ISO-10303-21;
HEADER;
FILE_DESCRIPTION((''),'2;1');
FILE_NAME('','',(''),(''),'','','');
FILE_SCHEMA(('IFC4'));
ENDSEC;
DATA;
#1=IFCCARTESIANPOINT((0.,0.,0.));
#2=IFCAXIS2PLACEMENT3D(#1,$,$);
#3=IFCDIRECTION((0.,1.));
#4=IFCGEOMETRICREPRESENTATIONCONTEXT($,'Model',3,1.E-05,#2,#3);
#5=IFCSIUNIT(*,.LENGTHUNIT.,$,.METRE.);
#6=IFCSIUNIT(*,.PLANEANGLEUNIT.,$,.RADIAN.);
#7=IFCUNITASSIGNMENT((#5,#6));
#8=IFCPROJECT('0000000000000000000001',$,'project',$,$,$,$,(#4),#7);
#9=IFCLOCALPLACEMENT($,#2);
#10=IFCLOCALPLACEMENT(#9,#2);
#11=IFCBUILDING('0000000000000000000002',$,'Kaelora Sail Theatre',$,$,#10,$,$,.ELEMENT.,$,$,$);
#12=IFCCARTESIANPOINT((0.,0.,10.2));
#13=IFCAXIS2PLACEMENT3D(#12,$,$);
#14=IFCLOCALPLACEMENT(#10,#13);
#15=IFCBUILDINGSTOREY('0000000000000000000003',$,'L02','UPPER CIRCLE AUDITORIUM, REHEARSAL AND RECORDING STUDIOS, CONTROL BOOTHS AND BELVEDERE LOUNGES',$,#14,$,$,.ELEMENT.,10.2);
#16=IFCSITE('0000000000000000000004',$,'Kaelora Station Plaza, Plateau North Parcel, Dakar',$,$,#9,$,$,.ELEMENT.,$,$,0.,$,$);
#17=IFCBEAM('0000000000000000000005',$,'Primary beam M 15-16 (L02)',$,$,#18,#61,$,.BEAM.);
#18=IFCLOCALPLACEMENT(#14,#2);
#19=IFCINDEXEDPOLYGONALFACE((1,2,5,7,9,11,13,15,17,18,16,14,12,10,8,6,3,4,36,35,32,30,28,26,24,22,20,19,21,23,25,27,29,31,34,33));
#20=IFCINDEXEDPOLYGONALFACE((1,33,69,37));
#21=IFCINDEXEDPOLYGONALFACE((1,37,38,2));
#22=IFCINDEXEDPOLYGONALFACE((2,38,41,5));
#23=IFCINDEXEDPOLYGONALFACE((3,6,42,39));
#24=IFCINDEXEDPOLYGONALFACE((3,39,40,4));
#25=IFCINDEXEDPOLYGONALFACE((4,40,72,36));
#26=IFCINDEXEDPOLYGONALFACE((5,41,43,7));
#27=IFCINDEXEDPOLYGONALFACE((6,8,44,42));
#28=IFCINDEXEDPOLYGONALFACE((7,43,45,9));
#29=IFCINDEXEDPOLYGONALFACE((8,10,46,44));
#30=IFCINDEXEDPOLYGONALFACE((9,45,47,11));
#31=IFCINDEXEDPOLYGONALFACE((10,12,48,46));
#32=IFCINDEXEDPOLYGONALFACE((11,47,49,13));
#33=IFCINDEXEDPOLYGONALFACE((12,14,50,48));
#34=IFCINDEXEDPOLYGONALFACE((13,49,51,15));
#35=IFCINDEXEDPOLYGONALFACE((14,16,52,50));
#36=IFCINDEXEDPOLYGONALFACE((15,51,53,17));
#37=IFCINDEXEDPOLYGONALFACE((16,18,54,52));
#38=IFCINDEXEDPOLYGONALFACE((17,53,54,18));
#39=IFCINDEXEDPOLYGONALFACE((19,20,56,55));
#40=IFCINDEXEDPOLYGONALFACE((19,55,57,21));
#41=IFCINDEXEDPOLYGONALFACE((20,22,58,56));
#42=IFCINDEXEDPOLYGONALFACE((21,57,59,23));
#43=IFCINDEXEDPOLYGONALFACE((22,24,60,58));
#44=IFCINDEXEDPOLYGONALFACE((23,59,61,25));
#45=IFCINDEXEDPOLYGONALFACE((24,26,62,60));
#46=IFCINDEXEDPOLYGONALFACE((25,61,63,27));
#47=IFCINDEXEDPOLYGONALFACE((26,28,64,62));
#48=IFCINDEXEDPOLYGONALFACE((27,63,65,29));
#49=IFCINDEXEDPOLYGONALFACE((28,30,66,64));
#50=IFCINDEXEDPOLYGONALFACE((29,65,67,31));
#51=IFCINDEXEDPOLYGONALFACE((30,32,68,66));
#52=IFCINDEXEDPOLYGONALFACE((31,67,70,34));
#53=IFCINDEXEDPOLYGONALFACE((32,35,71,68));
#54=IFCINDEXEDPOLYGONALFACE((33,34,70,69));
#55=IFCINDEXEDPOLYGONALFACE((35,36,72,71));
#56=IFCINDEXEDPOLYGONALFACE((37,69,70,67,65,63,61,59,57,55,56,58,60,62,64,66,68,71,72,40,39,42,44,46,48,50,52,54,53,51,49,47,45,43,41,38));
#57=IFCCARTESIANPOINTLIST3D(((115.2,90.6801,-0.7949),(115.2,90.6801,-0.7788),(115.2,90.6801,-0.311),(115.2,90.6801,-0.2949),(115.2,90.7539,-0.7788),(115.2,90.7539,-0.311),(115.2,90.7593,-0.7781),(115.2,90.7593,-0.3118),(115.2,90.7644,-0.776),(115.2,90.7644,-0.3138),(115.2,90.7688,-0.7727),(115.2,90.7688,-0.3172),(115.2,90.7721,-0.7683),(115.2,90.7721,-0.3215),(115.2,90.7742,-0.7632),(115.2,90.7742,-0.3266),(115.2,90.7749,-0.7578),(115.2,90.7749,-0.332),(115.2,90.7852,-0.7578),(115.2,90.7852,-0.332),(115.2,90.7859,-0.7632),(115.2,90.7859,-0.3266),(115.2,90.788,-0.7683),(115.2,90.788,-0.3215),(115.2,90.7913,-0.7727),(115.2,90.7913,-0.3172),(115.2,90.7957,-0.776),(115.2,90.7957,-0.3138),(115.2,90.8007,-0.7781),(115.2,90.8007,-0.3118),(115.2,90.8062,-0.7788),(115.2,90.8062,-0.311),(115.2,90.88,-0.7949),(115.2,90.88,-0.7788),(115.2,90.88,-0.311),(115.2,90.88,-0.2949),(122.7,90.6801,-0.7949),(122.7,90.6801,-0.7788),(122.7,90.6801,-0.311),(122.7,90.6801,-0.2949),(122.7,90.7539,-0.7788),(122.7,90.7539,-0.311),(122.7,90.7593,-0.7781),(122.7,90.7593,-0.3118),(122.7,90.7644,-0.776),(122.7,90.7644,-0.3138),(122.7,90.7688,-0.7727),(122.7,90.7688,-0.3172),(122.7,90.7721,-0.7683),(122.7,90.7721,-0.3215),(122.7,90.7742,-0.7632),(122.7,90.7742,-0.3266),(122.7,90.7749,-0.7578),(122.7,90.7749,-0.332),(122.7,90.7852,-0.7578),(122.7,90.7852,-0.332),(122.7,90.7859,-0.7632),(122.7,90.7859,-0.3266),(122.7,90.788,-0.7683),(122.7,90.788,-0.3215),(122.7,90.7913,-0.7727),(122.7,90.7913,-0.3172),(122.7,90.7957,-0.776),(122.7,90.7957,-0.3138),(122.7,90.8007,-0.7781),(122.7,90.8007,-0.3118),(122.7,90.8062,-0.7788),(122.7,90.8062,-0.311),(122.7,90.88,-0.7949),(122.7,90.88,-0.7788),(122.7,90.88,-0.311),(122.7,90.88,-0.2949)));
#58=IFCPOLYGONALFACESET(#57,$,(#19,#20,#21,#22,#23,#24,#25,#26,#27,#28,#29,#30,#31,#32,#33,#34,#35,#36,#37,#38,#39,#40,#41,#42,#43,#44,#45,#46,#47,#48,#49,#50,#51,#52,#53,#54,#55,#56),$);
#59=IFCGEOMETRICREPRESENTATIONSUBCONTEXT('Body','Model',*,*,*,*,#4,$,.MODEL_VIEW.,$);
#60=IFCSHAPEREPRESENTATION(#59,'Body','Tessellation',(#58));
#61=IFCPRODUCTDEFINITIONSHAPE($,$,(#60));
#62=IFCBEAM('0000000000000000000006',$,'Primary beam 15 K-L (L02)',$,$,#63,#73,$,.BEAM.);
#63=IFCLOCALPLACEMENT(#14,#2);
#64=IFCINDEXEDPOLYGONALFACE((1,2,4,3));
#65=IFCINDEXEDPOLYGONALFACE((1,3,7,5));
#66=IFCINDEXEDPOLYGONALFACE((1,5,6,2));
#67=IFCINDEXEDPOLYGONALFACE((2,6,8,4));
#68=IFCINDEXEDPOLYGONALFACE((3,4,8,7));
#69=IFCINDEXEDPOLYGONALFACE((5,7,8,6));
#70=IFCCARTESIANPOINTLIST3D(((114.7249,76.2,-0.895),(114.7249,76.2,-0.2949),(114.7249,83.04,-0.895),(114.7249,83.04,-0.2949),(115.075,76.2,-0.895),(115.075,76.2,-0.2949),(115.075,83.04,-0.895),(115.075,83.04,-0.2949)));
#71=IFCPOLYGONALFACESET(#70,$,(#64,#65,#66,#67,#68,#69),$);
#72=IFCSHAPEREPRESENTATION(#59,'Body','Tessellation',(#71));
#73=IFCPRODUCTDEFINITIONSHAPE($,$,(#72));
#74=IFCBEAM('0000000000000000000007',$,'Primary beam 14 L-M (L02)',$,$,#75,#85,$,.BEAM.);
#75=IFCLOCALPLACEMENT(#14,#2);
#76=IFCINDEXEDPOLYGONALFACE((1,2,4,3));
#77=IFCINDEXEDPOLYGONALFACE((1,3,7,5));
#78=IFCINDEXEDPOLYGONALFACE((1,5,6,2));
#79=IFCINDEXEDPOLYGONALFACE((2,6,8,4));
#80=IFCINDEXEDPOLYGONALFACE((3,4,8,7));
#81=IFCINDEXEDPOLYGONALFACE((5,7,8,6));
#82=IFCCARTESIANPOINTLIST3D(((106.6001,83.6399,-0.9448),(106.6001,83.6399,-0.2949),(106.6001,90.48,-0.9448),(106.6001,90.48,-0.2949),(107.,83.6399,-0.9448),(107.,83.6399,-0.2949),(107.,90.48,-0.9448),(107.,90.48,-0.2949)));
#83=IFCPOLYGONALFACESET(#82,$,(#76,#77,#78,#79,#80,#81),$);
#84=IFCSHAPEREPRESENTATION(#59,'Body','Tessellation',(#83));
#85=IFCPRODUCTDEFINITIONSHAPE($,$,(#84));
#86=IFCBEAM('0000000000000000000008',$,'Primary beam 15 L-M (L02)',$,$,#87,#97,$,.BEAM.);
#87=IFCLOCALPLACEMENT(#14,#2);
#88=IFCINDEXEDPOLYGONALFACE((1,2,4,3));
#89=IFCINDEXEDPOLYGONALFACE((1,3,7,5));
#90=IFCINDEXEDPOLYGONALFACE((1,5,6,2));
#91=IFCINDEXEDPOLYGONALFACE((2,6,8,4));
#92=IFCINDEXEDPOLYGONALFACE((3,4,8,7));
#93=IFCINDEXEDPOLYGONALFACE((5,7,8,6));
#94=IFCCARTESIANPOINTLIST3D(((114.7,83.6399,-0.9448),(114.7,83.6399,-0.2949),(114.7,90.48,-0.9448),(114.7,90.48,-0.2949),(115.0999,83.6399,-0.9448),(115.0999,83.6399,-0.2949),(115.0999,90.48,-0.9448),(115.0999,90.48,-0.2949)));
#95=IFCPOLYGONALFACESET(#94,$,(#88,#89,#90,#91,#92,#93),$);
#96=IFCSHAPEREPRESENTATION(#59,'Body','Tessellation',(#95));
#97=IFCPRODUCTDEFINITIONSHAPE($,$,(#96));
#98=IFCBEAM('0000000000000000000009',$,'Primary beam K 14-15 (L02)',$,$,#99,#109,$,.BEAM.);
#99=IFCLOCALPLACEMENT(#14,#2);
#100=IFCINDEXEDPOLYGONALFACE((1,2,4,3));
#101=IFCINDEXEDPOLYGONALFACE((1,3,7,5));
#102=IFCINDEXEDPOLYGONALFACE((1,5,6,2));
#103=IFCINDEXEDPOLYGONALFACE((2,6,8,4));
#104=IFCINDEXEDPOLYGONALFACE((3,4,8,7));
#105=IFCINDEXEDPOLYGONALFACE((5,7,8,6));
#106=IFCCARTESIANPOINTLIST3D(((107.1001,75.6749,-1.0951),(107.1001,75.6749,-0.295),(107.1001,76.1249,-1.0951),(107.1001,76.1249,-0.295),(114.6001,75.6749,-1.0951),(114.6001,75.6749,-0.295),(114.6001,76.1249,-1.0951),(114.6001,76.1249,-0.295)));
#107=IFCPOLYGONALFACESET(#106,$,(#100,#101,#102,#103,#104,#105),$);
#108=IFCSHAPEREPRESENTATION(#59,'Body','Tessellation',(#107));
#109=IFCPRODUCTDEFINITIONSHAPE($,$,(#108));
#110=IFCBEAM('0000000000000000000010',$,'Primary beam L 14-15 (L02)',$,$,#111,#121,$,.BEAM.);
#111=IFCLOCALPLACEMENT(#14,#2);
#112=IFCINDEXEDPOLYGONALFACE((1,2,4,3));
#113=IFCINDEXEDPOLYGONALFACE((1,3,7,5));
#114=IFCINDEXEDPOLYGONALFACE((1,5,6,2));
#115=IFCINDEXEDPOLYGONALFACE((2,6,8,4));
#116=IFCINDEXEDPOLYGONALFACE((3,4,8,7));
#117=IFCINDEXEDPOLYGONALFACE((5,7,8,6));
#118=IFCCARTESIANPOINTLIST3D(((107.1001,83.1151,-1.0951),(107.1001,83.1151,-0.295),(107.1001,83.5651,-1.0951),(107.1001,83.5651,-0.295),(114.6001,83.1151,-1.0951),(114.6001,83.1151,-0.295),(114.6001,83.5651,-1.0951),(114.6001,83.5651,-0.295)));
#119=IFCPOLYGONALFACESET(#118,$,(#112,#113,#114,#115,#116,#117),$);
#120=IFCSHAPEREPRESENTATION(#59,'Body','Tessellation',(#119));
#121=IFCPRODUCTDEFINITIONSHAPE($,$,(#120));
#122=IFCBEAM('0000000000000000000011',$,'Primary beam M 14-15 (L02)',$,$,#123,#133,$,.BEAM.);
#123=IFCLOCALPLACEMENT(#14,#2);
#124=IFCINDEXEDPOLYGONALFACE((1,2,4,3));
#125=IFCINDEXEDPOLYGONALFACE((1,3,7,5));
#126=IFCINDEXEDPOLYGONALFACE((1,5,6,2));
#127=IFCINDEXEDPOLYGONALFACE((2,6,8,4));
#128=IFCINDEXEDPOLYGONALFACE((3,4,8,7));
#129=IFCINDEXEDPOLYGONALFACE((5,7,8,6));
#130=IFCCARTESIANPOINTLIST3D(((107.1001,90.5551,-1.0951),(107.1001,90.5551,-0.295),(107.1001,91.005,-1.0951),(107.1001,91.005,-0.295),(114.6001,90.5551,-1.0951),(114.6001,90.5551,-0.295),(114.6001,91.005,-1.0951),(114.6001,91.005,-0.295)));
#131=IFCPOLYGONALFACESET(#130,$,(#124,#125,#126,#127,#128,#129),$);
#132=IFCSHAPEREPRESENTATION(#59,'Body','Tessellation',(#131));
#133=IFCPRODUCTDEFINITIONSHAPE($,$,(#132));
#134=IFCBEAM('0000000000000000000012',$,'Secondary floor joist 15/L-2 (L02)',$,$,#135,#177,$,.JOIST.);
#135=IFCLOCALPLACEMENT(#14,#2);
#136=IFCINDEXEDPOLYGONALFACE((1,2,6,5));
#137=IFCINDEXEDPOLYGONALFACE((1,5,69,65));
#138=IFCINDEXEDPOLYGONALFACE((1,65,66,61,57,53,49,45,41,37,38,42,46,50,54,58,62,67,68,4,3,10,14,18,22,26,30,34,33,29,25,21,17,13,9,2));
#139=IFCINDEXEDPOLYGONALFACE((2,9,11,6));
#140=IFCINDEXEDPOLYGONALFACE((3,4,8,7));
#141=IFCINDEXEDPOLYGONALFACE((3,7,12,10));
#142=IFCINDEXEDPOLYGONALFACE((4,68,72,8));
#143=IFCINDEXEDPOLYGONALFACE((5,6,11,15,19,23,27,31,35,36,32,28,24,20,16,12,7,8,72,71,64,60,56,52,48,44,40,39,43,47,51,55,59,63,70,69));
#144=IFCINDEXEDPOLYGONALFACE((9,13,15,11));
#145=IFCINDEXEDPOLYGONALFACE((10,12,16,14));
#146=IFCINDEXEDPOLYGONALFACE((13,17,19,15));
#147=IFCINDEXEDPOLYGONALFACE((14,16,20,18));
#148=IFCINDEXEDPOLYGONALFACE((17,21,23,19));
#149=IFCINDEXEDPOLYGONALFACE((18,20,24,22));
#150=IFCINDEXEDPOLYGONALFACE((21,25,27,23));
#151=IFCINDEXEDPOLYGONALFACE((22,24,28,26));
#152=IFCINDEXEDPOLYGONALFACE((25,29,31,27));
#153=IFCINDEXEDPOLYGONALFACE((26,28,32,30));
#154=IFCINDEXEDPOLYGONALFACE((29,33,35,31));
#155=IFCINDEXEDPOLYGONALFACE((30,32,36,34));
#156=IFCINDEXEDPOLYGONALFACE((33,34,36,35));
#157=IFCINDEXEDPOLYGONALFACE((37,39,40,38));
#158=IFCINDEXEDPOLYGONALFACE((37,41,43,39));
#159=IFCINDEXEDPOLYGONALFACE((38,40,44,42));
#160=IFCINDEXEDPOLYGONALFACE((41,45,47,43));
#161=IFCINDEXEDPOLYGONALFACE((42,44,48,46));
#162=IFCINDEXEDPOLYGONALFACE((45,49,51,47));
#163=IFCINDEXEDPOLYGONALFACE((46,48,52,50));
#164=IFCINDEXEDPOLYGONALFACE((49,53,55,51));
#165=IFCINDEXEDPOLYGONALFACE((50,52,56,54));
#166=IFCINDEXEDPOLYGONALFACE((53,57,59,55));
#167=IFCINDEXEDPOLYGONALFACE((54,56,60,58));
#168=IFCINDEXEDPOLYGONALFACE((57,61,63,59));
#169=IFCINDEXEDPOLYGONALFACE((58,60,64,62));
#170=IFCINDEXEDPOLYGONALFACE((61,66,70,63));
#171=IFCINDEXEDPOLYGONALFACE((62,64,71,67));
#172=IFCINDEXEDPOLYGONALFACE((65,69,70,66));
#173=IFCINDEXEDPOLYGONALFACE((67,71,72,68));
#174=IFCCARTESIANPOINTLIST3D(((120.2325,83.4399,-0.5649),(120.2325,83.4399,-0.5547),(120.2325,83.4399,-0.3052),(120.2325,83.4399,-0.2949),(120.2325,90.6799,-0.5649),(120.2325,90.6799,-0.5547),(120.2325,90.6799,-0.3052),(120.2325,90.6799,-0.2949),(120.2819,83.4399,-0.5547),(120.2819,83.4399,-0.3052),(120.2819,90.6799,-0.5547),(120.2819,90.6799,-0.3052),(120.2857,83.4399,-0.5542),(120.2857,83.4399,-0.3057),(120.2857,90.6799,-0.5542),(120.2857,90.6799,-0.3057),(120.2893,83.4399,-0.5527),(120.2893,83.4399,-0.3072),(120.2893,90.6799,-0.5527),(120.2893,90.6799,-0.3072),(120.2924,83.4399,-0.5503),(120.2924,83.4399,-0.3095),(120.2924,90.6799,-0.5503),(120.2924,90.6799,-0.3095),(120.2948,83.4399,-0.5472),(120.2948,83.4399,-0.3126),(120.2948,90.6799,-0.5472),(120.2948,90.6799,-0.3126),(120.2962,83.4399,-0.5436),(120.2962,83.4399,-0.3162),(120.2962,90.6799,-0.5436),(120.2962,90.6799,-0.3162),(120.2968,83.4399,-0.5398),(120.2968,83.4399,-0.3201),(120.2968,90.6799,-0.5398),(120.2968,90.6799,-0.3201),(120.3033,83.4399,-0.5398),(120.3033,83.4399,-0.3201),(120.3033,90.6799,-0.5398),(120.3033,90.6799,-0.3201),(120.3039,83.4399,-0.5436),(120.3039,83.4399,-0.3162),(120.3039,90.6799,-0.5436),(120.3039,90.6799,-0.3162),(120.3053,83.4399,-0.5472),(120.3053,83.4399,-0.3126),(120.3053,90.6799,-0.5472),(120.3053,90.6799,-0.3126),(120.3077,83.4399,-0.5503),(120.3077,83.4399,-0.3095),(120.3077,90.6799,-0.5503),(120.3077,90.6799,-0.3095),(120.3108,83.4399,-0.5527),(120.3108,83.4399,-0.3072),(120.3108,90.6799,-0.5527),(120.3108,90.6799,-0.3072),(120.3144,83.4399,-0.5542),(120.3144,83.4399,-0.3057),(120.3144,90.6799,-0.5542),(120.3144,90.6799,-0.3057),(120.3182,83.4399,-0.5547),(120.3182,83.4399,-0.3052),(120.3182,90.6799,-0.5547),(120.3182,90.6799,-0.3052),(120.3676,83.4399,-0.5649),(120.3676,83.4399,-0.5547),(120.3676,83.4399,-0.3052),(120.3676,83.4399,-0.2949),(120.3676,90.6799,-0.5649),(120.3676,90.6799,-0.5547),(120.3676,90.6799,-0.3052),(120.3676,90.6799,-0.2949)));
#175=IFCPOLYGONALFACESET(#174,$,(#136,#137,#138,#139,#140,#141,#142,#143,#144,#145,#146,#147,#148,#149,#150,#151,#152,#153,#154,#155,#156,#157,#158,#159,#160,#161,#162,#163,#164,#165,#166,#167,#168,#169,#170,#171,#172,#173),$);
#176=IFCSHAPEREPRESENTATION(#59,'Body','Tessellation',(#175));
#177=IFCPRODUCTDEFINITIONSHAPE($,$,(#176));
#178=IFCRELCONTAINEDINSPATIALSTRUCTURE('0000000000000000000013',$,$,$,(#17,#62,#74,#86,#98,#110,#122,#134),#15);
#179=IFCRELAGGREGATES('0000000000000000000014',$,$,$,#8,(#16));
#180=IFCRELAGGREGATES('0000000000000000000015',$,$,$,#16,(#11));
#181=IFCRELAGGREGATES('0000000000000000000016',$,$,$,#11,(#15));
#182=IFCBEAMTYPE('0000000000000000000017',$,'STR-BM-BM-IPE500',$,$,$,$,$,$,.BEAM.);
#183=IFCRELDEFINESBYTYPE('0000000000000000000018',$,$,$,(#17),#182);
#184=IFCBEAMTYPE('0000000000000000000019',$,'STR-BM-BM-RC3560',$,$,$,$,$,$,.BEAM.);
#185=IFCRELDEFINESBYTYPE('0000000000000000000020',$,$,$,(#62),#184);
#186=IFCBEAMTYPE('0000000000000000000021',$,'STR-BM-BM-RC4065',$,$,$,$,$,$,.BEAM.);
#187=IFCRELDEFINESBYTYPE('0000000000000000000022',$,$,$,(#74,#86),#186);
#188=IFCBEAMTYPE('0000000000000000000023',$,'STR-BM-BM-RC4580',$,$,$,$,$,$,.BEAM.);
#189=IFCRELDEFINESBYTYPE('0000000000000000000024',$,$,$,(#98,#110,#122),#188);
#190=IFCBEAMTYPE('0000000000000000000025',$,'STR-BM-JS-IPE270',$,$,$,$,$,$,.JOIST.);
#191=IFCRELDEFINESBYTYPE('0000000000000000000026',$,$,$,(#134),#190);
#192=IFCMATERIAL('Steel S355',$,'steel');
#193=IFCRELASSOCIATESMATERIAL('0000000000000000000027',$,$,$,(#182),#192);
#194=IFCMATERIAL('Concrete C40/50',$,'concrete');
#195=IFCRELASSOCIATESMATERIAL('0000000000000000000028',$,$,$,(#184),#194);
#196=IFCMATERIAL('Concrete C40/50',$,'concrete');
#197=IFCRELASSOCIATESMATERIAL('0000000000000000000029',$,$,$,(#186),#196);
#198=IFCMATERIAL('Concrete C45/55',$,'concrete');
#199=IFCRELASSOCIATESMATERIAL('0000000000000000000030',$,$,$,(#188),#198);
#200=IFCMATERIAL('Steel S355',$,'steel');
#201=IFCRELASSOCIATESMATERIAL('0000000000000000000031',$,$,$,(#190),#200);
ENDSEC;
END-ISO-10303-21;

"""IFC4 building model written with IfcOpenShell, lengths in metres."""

from ifc_helpers import new_model, si_unit, direction, frame, origin, origin_2d, place, context, subcontext, project, spatial, rectangle, i_section, extrude, material, material_profile, profile_set, type_object, element, save


model = new_model("IFC4")

# Units and contexts
model_context = context("Model", 3, precision=1e-05, world=origin(), true_north=direction((0.0, 1.0)))
body_context = subcontext(model_context, "Body", "Model", "MODEL_VIEW")
ifc_project = project(units=[si_unit("LENGTHUNIT", "METRE"), si_unit("PLANEANGLEUNIT", "RADIAN")], contexts=[model_context])

# Site, building, storey
site_placement = place(None, origin())
site = spatial("IfcSite", under=ifc_project, at=site_placement, Name="Kaelora Station Plaza, Plateau North Parcel, Dakar", CompositionType="ELEMENT", RefElevation=0.0)
building_placement = place(site_placement, origin())
building = spatial("IfcBuilding", under=site, at=building_placement, Name="Kaelora Sail Theatre", CompositionType="ELEMENT")
storey_placement = place(building_placement, frame((0.0, 0.0, 10.2)))
storey = spatial("IfcBuildingStorey", under=building, at=storey_placement, Name="L02", Description="UPPER CIRCLE AUDITORIUM, REHEARSAL AND RECORDING STUDIOS, CONTROL BOOTHS AND BELVEDERE LOUNGES", CompositionType="ELEMENT", Elevation=10.2)

# Beams
ifc_material_1 = material(Name="Steel S355", Category="steel")
ifc_material_profile_1 = material_profile(ifc_material_1, i_section(OverallWidth=0.2, OverallDepth=0.5, WebThickness=0.0103, FlangeThickness=0.0161, FilletRadius=0.021, at=origin_2d()), Name="IPE 500")
ifc_profile_set_1 = profile_set([ifc_material_profile_1], Name="Steel S355")
beam_type_1 = type_object("IfcBeamType", Name="STR-BM-BM-IPE500", PredefinedType="BEAM", material=ifc_profile_set_1)
for number, where, z_axis, x_axis, name in (
    (1, (115.2, 90.78, -0.5449), (1.0, 0.0, 0.0), (0.0, 1.0, 0.0), "Primary beam M 15-16 (L02)"),
):
    element("IfcBeam", number, at=place(storey_placement, frame(where, z_axis=z_axis, x_axis=x_axis)), inside=storey, type_object=beam_type_1, Name=name, PredefinedType="BEAM", context=body_context, shape_type="SweptSolid", body=[
        extrude(i_section(OverallWidth=0.2, OverallDepth=0.5, WebThickness=0.0103, FlangeThickness=0.0161, FilletRadius=0.021, at=origin_2d()), origin(), (0.0, 0.0, 1.0), 7.5),
    ])
ifc_material_2 = material(Name="Concrete C40/50", Category="concrete")
ifc_material_profile_2 = material_profile(ifc_material_2, rectangle(XDim=0.3501, YDim=0.6001, at=origin_2d()), Name="RC-BM 350x600")
ifc_profile_set_2 = profile_set([ifc_material_profile_2], Name="Concrete C40/50")
beam_type_2 = type_object("IfcBeamType", Name="STR-BM-BM-RC3560", PredefinedType="BEAM", material=ifc_profile_set_2)
beam_1_placement = place(storey_placement, frame((114.8999, 76.2, -0.595), z_axis=(0.0, 1.0, 0.0), x_axis=(-1.0, 0.0, 0.0)))
element("IfcBeam", 2, at=beam_1_placement, inside=storey, type_object=beam_type_2, Name="Primary beam 15 K-L (L02)", PredefinedType="BEAM", context=body_context, shape_type="SweptSolid", body=[
    extrude(rectangle(XDim=0.3501, YDim=0.6001, at=origin_2d()), origin(), (0.0, 0.0, 1.0), 6.8401),
])
ifc_material_3 = material(Name="Concrete C40/50", Category="concrete")
ifc_material_profile_3 = material_profile(ifc_material_3, rectangle(XDim=0.3999, YDim=0.6499, at=origin_2d()), Name="RC-BM 400x650")
ifc_profile_set_3 = profile_set([ifc_material_profile_3], Name="Concrete C40/50")
beam_type_3 = type_object("IfcBeamType", Name="STR-BM-BM-RC4065", PredefinedType="BEAM", material=ifc_profile_set_3)
for number, where, z_axis, x_axis, name in (
    (3, (106.8, 83.6399, -0.6199), (0.0, 1.0, 0.0), (-1.0, 0.0, 0.0), "Primary beam 14 L-M (L02)"),
    (4, (114.8999, 83.6399, -0.6199), (0.0, 1.0, 0.0), (-1.0, 0.0, 0.0), "Primary beam 15 L-M (L02)"),
):
    element("IfcBeam", number, at=place(storey_placement, frame(where, z_axis=z_axis, x_axis=x_axis)), inside=storey, type_object=beam_type_3, Name=name, PredefinedType="BEAM", context=body_context, shape_type="SweptSolid", body=[
        extrude(rectangle(XDim=0.3999, YDim=0.6499, at=origin_2d()), origin(), (0.0, 0.0, 1.0), 6.8401),
    ])
ifc_material_4 = material(Name="Concrete C45/55", Category="concrete")
ifc_material_profile_4 = material_profile(ifc_material_4, rectangle(XDim=0.45, YDim=0.8, at=origin_2d()), Name="RC-BM 450x800")
ifc_profile_set_4 = profile_set([ifc_material_profile_4], Name="Concrete C45/55")
beam_type_4 = type_object("IfcBeamType", Name="STR-BM-BM-RC4580", PredefinedType="BEAM", material=ifc_profile_set_4)
for number, where, z_axis, x_axis, name in (
    (5, (107.1001, 75.8999, -0.6951), (1.0, 0.0, 0.0), (0.0, 1.0, 0.0), "Primary beam K 14-15 (L02)"),
    (6, (107.1001, 83.3401, -0.6951), (1.0, 0.0, 0.0), (0.0, 1.0, 0.0), "Primary beam L 14-15 (L02)"),
    (7, (107.1001, 90.78, -0.6951), (1.0, 0.0, 0.0), (0.0, 1.0, 0.0), "Primary beam M 14-15 (L02)"),
):
    element("IfcBeam", number, at=place(storey_placement, frame(where, z_axis=z_axis, x_axis=x_axis)), inside=storey, type_object=beam_type_4, Name=name, PredefinedType="BEAM", context=body_context, shape_type="SweptSolid", body=[
        extrude(rectangle(XDim=0.45, YDim=0.8, at=origin_2d()), origin(), (0.0, 0.0, 1.0), 7.5),
    ])
ifc_material_5 = material(Name="Steel S355", Category="steel")
ifc_material_profile_5 = material_profile(ifc_material_5, i_section(OverallWidth=0.135, OverallDepth=0.27, WebThickness=0.0066, FlangeThickness=0.0103, FilletRadius=0.0149, at=origin_2d()), Name="IPE 270")
ifc_profile_set_5 = profile_set([ifc_material_profile_5], Name="Steel S355")
beam_type_5 = type_object("IfcBeamType", Name="STR-BM-JS-IPE270", PredefinedType="JOIST", material=ifc_profile_set_5)
beam_2_placement = place(storey_placement, frame((120.3, 83.4399, -0.4299), z_axis=(0.0, 1.0, 0.0), x_axis=(-1.0, 0.0, 0.0)))
element("IfcBeam", 8, at=beam_2_placement, inside=storey, type_object=beam_type_5, Name="Secondary floor joist 15/L-2 (L02)", PredefinedType="JOIST", context=body_context, shape_type="SweptSolid", body=[
    extrude(i_section(OverallWidth=0.135, OverallDepth=0.27, WebThickness=0.0066, FlangeThickness=0.0103, FilletRadius=0.0149, at=origin_2d()), origin(), (0.0, 0.0, 1.0), 7.24),
])

save(model, "model.ifc")
